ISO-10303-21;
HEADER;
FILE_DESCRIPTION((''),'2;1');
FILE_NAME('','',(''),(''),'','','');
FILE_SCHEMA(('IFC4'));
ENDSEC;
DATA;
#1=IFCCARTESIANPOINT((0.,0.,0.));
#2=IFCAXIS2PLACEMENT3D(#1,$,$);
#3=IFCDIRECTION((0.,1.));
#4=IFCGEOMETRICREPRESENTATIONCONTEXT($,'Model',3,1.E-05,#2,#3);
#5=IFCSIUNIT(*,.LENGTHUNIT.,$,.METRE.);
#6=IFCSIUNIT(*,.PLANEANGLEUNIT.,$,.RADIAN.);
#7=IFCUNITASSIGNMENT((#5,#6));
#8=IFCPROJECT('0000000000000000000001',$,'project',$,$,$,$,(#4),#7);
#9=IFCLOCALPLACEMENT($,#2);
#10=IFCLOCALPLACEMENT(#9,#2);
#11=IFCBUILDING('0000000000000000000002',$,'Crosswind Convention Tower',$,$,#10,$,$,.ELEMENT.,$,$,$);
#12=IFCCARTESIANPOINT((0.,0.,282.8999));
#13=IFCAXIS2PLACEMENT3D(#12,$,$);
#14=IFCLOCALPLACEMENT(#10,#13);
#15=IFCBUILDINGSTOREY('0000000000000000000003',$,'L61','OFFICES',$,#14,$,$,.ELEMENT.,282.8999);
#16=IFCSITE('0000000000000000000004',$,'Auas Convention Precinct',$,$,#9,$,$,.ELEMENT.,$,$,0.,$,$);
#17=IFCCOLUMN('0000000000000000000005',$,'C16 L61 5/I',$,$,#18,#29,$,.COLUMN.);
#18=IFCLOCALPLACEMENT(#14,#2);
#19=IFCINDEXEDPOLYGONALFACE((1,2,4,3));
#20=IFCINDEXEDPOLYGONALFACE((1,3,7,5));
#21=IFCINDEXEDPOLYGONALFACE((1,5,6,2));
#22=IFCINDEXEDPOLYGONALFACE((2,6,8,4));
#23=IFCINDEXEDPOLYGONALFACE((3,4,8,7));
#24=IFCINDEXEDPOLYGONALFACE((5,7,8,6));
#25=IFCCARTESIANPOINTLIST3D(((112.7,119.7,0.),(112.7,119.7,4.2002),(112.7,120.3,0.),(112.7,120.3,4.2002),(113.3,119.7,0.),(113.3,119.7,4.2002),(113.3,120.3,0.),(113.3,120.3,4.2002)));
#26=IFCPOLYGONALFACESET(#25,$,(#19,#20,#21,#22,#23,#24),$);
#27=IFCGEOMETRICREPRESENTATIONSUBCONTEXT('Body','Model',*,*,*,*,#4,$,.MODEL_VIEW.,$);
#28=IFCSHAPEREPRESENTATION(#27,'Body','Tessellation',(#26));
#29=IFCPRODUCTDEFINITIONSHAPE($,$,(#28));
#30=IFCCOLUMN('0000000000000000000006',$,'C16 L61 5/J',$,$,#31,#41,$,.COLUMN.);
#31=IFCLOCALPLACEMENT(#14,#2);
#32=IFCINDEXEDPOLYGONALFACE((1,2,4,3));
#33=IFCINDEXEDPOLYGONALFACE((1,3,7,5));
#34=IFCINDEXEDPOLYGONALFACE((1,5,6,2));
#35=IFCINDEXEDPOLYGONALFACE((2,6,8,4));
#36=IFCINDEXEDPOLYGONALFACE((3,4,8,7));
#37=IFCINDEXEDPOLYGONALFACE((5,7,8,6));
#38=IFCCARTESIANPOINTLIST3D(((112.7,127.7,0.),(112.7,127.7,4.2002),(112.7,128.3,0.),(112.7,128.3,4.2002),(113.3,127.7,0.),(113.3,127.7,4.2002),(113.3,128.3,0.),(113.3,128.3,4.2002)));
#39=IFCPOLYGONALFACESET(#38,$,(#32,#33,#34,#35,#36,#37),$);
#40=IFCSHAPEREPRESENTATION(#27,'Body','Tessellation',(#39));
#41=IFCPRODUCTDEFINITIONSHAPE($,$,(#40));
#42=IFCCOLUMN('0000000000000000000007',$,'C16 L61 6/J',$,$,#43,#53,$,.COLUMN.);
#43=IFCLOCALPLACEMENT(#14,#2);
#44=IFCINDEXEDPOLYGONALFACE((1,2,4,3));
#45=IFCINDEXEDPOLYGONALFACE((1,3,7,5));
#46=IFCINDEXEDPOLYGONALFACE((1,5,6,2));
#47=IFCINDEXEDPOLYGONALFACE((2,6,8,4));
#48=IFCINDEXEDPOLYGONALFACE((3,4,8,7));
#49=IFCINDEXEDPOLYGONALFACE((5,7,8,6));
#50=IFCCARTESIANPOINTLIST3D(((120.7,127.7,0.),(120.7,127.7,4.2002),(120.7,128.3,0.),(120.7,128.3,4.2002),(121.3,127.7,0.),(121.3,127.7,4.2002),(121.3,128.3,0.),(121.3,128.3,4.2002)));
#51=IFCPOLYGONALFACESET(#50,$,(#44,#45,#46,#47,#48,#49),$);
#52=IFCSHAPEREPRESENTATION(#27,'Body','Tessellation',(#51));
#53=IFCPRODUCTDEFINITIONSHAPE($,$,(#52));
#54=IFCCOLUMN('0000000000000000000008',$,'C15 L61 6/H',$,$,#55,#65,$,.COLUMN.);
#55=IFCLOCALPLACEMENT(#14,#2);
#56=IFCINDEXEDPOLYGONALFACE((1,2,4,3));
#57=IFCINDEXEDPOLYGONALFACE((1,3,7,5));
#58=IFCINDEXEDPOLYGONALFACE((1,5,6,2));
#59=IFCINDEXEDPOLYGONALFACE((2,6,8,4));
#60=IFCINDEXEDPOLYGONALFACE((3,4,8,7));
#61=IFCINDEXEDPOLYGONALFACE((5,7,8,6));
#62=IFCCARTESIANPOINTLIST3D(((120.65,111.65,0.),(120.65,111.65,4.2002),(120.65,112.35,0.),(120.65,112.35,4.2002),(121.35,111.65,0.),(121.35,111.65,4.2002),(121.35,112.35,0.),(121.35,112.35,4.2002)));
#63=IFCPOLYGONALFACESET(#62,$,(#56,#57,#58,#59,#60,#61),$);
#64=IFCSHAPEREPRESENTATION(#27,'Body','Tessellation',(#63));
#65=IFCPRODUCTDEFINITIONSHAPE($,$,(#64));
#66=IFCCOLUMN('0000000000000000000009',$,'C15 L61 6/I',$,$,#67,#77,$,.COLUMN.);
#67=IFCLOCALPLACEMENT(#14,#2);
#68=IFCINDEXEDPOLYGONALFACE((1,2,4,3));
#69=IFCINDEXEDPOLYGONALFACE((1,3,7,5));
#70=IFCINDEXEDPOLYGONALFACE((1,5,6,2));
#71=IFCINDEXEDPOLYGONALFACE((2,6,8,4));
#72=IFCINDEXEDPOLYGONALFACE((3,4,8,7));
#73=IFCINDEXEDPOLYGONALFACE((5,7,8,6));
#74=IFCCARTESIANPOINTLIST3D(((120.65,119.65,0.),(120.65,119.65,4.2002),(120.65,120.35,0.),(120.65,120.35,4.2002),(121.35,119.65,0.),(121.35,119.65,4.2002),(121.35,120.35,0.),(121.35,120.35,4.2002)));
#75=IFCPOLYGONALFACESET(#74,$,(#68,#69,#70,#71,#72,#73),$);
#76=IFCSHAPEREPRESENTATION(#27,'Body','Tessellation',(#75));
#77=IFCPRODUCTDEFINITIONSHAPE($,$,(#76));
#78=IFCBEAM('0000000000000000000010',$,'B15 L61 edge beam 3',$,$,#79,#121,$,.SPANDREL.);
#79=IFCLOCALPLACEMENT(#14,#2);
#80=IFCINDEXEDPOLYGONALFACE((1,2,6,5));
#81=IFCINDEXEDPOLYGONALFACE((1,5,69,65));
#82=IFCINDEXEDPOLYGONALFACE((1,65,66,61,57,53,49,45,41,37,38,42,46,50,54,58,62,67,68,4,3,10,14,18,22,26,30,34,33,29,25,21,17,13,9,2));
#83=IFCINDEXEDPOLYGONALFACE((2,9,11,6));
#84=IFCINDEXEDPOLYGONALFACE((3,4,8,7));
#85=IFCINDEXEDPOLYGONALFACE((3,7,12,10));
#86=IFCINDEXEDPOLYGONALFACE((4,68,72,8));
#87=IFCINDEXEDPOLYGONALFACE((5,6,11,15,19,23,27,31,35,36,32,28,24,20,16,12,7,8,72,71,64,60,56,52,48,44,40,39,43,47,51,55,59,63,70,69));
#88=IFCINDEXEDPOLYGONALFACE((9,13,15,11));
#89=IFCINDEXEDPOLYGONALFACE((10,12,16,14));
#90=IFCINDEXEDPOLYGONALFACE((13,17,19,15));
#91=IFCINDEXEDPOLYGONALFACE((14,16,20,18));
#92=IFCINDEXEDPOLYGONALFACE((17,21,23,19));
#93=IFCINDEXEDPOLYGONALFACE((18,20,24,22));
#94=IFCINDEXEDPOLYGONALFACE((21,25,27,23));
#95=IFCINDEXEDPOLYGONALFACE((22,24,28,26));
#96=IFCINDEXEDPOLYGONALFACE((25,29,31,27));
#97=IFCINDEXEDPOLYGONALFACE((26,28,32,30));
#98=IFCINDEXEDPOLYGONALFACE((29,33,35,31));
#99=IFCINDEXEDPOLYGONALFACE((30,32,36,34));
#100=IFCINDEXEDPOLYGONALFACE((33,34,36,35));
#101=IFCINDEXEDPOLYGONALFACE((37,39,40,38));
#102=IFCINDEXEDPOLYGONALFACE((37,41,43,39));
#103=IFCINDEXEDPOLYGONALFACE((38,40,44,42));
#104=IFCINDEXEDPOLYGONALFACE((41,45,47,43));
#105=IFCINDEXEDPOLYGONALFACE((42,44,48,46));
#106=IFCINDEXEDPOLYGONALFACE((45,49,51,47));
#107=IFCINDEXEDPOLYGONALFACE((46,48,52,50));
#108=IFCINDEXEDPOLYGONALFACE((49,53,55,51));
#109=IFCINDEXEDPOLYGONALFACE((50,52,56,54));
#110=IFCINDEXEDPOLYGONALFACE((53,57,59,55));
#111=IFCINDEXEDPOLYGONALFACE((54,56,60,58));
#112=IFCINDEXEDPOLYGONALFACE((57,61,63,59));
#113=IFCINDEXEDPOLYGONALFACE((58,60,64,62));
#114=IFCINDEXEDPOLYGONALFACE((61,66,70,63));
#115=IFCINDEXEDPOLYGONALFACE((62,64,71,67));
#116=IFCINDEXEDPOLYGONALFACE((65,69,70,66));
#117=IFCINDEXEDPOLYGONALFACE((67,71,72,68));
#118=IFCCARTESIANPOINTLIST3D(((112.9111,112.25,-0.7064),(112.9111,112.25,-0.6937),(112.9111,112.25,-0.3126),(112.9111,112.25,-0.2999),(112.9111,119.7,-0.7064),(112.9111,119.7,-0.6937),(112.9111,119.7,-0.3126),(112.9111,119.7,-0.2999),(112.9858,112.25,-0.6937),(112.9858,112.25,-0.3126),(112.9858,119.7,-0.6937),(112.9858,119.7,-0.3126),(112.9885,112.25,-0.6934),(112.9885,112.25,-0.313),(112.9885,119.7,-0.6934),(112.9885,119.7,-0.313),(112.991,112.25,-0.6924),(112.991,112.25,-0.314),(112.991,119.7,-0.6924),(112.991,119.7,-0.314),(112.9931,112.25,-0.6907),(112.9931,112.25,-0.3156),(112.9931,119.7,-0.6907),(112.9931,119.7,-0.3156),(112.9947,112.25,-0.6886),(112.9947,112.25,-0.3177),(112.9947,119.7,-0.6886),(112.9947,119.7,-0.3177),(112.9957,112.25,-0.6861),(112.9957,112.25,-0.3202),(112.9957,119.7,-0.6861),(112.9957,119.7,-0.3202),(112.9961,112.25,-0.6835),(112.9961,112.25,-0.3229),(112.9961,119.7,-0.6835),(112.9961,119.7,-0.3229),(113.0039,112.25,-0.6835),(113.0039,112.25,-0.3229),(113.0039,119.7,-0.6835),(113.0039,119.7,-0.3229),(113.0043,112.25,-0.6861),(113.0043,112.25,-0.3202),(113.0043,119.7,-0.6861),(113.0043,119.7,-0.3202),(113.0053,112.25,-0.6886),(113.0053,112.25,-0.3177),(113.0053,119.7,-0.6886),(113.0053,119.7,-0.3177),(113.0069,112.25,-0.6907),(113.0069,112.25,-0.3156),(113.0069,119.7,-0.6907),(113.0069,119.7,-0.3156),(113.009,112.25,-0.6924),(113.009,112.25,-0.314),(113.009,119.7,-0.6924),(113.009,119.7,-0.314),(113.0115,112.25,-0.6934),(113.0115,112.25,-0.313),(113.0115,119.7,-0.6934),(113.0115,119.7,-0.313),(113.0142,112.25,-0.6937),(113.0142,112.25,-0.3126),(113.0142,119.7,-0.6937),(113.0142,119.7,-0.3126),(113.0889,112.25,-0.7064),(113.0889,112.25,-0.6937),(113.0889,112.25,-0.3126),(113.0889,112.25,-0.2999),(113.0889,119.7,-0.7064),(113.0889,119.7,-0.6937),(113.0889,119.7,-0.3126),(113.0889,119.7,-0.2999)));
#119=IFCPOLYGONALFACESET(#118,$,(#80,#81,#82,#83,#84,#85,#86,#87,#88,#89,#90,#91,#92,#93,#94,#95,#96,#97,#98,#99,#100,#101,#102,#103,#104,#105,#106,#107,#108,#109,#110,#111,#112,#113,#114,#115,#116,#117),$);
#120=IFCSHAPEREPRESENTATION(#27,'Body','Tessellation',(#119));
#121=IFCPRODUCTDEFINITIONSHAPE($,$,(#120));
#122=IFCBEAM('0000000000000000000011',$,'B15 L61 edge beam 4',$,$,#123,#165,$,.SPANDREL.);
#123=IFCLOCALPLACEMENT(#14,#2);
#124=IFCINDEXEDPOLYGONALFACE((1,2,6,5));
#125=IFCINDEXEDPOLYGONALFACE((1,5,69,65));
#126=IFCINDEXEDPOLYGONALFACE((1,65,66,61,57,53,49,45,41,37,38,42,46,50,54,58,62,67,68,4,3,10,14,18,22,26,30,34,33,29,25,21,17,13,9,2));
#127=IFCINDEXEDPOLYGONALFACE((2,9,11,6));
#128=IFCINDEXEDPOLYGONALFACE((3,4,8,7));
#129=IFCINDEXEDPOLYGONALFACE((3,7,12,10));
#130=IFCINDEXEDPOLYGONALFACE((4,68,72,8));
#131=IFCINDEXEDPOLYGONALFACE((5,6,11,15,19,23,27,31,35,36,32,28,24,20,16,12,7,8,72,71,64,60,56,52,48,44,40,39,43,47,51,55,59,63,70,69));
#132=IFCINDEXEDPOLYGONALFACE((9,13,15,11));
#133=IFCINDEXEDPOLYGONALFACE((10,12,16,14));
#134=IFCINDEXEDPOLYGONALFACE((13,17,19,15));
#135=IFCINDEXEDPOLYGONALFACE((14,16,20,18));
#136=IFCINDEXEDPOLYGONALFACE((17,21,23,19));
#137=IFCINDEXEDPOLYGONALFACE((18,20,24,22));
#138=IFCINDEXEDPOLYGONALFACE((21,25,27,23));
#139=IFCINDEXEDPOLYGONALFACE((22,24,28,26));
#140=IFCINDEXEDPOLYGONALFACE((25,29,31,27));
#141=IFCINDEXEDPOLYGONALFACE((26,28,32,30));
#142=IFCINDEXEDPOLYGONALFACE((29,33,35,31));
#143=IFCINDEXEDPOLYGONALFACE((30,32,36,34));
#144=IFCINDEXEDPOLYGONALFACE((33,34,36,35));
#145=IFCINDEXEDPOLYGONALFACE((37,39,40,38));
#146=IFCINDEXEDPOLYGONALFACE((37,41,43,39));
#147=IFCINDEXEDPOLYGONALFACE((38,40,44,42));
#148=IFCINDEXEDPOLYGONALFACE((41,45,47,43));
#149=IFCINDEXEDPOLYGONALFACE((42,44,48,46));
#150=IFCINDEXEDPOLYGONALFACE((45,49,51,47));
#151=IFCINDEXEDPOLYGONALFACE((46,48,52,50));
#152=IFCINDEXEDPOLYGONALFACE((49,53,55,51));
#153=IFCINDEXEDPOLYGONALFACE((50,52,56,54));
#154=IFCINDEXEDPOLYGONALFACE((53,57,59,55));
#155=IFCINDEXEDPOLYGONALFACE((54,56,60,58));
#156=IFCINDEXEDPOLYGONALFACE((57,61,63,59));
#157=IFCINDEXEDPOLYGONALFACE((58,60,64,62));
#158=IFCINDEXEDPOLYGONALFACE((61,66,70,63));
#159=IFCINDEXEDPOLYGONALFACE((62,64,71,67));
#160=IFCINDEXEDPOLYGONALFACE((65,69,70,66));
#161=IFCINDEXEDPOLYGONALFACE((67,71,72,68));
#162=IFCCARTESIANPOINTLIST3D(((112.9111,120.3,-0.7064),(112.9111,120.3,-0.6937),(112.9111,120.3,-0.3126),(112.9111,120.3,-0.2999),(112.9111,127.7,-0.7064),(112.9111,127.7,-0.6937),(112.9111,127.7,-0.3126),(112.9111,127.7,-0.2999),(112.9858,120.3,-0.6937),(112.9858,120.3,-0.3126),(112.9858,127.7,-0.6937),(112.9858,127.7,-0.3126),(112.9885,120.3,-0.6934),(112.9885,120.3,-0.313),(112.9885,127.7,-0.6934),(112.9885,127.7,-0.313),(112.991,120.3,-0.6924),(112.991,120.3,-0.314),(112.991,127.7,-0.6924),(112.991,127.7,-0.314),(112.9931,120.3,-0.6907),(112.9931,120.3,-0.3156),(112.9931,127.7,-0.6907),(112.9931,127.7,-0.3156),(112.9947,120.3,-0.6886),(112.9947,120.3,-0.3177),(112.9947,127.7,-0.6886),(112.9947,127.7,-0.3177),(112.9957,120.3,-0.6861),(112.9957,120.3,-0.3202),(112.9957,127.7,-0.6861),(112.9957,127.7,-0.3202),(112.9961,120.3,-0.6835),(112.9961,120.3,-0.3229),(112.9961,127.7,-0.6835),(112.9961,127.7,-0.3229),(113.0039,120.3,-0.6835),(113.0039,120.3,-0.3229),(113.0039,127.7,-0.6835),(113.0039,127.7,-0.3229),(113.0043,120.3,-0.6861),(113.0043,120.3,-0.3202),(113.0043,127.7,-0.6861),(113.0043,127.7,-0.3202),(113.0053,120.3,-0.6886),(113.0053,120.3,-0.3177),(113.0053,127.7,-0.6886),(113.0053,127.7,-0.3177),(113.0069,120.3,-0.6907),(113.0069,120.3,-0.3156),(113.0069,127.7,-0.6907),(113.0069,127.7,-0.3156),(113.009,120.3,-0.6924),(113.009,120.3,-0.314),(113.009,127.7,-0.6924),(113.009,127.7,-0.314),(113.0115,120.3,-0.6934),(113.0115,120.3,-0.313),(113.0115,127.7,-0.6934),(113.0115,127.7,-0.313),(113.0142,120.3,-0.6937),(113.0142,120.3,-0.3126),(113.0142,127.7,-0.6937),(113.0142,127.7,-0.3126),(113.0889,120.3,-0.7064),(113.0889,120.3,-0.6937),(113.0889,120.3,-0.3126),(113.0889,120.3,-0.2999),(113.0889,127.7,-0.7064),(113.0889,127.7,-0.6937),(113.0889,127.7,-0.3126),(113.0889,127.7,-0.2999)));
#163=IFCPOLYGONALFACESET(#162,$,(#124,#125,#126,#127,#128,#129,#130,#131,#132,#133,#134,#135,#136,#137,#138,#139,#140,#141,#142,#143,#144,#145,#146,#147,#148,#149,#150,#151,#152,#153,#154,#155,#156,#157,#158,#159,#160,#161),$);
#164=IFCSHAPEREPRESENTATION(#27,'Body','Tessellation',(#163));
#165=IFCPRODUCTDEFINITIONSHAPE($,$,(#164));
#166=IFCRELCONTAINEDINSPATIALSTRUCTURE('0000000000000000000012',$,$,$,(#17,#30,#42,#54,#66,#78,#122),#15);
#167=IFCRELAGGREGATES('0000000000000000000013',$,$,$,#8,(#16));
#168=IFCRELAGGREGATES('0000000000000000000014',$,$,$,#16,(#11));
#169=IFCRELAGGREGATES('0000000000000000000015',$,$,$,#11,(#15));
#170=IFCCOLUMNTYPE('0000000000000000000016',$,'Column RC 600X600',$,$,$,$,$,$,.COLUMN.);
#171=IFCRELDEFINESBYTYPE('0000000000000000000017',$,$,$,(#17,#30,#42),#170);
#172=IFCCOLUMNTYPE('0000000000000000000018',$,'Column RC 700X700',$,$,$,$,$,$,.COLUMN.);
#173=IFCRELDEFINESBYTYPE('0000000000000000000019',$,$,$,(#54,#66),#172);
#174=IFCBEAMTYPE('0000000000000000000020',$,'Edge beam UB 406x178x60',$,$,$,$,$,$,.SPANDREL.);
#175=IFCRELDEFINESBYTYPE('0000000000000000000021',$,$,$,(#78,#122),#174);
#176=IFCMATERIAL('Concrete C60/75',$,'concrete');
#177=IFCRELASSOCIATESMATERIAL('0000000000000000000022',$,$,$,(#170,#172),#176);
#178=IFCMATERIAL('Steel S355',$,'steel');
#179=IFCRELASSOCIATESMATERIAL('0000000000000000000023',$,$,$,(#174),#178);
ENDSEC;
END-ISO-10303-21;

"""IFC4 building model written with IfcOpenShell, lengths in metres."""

from ifc_helpers import new_model, si_unit, direction, frame, origin, origin_2d, place, context, subcontext, project, spatial, rectangle, i_section, extrude, material, material_profile, profile_set, type_object, element, save


model = new_model("IFC4")

# Units and contexts
model_context = context("Model", 3, precision=1e-05, world=origin(), true_north=direction((0.0, 1.0)))
body_context = subcontext(model_context, "Body", "Model", "MODEL_VIEW")
ifc_project = project(units=[si_unit("LENGTHUNIT", "METRE"), si_unit("PLANEANGLEUNIT", "RADIAN")], contexts=[model_context])

# Site, building, storey
site_placement = place(None, origin())
site = spatial("IfcSite", under=ifc_project, at=site_placement, Name="Auas Convention Precinct", CompositionType="ELEMENT", RefElevation=0.0)
building_placement = place(site_placement, origin())
building = spatial("IfcBuilding", under=site, at=building_placement, Name="Crosswind Convention Tower", CompositionType="ELEMENT")
storey_placement = place(building_placement, frame((0.0, 0.0, 282.8999)))
storey = spatial("IfcBuildingStorey", under=building, at=storey_placement, Name="L61", Description="OFFICES", CompositionType="ELEMENT", Elevation=282.8999)

# Columns
ifc_material_1 = material(Name="Concrete C60/75", Category="concrete")
ifc_material_profile_1 = material_profile(ifc_material_1, rectangle(XDim=0.6001, YDim=0.6001, at=origin_2d()), Name="RC 600X600")
ifc_profile_set_1 = profile_set([ifc_material_profile_1], Name="Concrete C60/75")
column_type_1 = type_object("IfcColumnType", Name="Column RC 600X600", PredefinedType="COLUMN", material=ifc_profile_set_1)
for number, where, z_axis, x_axis, name in (
    (1, (113.0, 120.0, 0.0), (0.0, 0.0, 1.0), (1.0, 0.0, 0.0), "C16 L61 5/I"),
    (2, (113.0, 128.0, 0.0), (0.0, 0.0, 1.0), (1.0, 0.0, 0.0), "C16 L61 5/J"),
    (3, (121.0, 128.0, 0.0), (0.0, 0.0, 1.0), (1.0, 0.0, 0.0), "C16 L61 6/J"),
):
    element("IfcColumn", number, at=place(storey_placement, frame(where, z_axis=z_axis, x_axis=x_axis)), inside=storey, type_object=column_type_1, Name=name, PredefinedType="COLUMN", context=body_context, shape_type="SweptSolid", body=[
        extrude(rectangle(XDim=0.6001, YDim=0.6001, at=origin_2d()), origin(), (0.0, 0.0, 1.0), 4.2002),
    ])
ifc_material_profile_2 = material_profile(ifc_material_1, rectangle(XDim=0.7, YDim=0.7, at=origin_2d()), Name="RC 700X700")
ifc_profile_set_2 = profile_set([ifc_material_profile_2], Name="Concrete C60/75")
column_type_2 = type_object("IfcColumnType", Name="Column RC 700X700", PredefinedType="COLUMN", material=ifc_profile_set_2)
for number, where, z_axis, x_axis, name in (
    (4, (121.0, 112.0, 0.0), (0.0, 0.0, 1.0), (1.0, 0.0, 0.0), "C15 L61 6/H"),
    (5, (121.0, 120.0, 0.0), (0.0, 0.0, 1.0), (1.0, 0.0, 0.0), "C15 L61 6/I"),
):
    element("IfcColumn", number, at=place(storey_placement, frame(where, z_axis=z_axis, x_axis=x_axis)), inside=storey, type_object=column_type_2, Name=name, PredefinedType="COLUMN", context=body_context, shape_type="SweptSolid", body=[
        extrude(rectangle(XDim=0.7, YDim=0.7, at=origin_2d()), origin(), (0.0, 0.0, 1.0), 4.2002),
    ])

# Beams
ifc_material_2 = material(Name="Steel S355", Category="steel")
ifc_material_profile_3 = material_profile(ifc_material_2, i_section(OverallWidth=0.1777, OverallDepth=0.4065, WebThickness=0.0078, FlangeThickness=0.0127, FilletRadius=0.0103, at=origin_2d()), Name="UB 406x178x60")
ifc_profile_set_3 = profile_set([ifc_material_profile_3], Name="Steel S355")
beam_type_1 = type_object("IfcBeamType", Name="Edge beam UB 406x178x60", PredefinedType="SPANDREL", material=ifc_profile_set_3)
beam_1_placement = place(storey_placement, frame((113.0, 112.25, -0.5032), z_axis=(0.0, 1.0, 0.0), x_axis=(-1.0, 0.0, 0.0)))
element("IfcBeam", 6, at=beam_1_placement, inside=storey, type_object=beam_type_1, Name="B15 L61 edge beam 3", PredefinedType="SPANDREL", context=body_context, shape_type="SweptSolid", body=[
    extrude(i_section(OverallWidth=0.1777, OverallDepth=0.4065, WebThickness=0.0078, FlangeThickness=0.0127, FilletRadius=0.0103, at=origin_2d()), origin(), (0.0, 0.0, 1.0), 7.45),
])
for number, where, z_axis, x_axis, name in (
    (7, (113.0, 120.3, -0.5032), (0.0, 1.0, 0.0), (-1.0, 0.0, 0.0), "B15 L61 edge beam 4"),
):
    element("IfcBeam", number, at=place(storey_placement, frame(where, z_axis=z_axis, x_axis=x_axis)), inside=storey, type_object=beam_type_1, Name=name, PredefinedType="SPANDREL", context=body_context, shape_type="SweptSolid", body=[
        extrude(i_section(OverallWidth=0.1777, OverallDepth=0.4065, WebThickness=0.0078, FlangeThickness=0.0127, FilletRadius=0.0103, at=origin_2d()), origin(), (0.0, 0.0, 1.0), 7.3999),
    ])

save(model, "model.ifc")
